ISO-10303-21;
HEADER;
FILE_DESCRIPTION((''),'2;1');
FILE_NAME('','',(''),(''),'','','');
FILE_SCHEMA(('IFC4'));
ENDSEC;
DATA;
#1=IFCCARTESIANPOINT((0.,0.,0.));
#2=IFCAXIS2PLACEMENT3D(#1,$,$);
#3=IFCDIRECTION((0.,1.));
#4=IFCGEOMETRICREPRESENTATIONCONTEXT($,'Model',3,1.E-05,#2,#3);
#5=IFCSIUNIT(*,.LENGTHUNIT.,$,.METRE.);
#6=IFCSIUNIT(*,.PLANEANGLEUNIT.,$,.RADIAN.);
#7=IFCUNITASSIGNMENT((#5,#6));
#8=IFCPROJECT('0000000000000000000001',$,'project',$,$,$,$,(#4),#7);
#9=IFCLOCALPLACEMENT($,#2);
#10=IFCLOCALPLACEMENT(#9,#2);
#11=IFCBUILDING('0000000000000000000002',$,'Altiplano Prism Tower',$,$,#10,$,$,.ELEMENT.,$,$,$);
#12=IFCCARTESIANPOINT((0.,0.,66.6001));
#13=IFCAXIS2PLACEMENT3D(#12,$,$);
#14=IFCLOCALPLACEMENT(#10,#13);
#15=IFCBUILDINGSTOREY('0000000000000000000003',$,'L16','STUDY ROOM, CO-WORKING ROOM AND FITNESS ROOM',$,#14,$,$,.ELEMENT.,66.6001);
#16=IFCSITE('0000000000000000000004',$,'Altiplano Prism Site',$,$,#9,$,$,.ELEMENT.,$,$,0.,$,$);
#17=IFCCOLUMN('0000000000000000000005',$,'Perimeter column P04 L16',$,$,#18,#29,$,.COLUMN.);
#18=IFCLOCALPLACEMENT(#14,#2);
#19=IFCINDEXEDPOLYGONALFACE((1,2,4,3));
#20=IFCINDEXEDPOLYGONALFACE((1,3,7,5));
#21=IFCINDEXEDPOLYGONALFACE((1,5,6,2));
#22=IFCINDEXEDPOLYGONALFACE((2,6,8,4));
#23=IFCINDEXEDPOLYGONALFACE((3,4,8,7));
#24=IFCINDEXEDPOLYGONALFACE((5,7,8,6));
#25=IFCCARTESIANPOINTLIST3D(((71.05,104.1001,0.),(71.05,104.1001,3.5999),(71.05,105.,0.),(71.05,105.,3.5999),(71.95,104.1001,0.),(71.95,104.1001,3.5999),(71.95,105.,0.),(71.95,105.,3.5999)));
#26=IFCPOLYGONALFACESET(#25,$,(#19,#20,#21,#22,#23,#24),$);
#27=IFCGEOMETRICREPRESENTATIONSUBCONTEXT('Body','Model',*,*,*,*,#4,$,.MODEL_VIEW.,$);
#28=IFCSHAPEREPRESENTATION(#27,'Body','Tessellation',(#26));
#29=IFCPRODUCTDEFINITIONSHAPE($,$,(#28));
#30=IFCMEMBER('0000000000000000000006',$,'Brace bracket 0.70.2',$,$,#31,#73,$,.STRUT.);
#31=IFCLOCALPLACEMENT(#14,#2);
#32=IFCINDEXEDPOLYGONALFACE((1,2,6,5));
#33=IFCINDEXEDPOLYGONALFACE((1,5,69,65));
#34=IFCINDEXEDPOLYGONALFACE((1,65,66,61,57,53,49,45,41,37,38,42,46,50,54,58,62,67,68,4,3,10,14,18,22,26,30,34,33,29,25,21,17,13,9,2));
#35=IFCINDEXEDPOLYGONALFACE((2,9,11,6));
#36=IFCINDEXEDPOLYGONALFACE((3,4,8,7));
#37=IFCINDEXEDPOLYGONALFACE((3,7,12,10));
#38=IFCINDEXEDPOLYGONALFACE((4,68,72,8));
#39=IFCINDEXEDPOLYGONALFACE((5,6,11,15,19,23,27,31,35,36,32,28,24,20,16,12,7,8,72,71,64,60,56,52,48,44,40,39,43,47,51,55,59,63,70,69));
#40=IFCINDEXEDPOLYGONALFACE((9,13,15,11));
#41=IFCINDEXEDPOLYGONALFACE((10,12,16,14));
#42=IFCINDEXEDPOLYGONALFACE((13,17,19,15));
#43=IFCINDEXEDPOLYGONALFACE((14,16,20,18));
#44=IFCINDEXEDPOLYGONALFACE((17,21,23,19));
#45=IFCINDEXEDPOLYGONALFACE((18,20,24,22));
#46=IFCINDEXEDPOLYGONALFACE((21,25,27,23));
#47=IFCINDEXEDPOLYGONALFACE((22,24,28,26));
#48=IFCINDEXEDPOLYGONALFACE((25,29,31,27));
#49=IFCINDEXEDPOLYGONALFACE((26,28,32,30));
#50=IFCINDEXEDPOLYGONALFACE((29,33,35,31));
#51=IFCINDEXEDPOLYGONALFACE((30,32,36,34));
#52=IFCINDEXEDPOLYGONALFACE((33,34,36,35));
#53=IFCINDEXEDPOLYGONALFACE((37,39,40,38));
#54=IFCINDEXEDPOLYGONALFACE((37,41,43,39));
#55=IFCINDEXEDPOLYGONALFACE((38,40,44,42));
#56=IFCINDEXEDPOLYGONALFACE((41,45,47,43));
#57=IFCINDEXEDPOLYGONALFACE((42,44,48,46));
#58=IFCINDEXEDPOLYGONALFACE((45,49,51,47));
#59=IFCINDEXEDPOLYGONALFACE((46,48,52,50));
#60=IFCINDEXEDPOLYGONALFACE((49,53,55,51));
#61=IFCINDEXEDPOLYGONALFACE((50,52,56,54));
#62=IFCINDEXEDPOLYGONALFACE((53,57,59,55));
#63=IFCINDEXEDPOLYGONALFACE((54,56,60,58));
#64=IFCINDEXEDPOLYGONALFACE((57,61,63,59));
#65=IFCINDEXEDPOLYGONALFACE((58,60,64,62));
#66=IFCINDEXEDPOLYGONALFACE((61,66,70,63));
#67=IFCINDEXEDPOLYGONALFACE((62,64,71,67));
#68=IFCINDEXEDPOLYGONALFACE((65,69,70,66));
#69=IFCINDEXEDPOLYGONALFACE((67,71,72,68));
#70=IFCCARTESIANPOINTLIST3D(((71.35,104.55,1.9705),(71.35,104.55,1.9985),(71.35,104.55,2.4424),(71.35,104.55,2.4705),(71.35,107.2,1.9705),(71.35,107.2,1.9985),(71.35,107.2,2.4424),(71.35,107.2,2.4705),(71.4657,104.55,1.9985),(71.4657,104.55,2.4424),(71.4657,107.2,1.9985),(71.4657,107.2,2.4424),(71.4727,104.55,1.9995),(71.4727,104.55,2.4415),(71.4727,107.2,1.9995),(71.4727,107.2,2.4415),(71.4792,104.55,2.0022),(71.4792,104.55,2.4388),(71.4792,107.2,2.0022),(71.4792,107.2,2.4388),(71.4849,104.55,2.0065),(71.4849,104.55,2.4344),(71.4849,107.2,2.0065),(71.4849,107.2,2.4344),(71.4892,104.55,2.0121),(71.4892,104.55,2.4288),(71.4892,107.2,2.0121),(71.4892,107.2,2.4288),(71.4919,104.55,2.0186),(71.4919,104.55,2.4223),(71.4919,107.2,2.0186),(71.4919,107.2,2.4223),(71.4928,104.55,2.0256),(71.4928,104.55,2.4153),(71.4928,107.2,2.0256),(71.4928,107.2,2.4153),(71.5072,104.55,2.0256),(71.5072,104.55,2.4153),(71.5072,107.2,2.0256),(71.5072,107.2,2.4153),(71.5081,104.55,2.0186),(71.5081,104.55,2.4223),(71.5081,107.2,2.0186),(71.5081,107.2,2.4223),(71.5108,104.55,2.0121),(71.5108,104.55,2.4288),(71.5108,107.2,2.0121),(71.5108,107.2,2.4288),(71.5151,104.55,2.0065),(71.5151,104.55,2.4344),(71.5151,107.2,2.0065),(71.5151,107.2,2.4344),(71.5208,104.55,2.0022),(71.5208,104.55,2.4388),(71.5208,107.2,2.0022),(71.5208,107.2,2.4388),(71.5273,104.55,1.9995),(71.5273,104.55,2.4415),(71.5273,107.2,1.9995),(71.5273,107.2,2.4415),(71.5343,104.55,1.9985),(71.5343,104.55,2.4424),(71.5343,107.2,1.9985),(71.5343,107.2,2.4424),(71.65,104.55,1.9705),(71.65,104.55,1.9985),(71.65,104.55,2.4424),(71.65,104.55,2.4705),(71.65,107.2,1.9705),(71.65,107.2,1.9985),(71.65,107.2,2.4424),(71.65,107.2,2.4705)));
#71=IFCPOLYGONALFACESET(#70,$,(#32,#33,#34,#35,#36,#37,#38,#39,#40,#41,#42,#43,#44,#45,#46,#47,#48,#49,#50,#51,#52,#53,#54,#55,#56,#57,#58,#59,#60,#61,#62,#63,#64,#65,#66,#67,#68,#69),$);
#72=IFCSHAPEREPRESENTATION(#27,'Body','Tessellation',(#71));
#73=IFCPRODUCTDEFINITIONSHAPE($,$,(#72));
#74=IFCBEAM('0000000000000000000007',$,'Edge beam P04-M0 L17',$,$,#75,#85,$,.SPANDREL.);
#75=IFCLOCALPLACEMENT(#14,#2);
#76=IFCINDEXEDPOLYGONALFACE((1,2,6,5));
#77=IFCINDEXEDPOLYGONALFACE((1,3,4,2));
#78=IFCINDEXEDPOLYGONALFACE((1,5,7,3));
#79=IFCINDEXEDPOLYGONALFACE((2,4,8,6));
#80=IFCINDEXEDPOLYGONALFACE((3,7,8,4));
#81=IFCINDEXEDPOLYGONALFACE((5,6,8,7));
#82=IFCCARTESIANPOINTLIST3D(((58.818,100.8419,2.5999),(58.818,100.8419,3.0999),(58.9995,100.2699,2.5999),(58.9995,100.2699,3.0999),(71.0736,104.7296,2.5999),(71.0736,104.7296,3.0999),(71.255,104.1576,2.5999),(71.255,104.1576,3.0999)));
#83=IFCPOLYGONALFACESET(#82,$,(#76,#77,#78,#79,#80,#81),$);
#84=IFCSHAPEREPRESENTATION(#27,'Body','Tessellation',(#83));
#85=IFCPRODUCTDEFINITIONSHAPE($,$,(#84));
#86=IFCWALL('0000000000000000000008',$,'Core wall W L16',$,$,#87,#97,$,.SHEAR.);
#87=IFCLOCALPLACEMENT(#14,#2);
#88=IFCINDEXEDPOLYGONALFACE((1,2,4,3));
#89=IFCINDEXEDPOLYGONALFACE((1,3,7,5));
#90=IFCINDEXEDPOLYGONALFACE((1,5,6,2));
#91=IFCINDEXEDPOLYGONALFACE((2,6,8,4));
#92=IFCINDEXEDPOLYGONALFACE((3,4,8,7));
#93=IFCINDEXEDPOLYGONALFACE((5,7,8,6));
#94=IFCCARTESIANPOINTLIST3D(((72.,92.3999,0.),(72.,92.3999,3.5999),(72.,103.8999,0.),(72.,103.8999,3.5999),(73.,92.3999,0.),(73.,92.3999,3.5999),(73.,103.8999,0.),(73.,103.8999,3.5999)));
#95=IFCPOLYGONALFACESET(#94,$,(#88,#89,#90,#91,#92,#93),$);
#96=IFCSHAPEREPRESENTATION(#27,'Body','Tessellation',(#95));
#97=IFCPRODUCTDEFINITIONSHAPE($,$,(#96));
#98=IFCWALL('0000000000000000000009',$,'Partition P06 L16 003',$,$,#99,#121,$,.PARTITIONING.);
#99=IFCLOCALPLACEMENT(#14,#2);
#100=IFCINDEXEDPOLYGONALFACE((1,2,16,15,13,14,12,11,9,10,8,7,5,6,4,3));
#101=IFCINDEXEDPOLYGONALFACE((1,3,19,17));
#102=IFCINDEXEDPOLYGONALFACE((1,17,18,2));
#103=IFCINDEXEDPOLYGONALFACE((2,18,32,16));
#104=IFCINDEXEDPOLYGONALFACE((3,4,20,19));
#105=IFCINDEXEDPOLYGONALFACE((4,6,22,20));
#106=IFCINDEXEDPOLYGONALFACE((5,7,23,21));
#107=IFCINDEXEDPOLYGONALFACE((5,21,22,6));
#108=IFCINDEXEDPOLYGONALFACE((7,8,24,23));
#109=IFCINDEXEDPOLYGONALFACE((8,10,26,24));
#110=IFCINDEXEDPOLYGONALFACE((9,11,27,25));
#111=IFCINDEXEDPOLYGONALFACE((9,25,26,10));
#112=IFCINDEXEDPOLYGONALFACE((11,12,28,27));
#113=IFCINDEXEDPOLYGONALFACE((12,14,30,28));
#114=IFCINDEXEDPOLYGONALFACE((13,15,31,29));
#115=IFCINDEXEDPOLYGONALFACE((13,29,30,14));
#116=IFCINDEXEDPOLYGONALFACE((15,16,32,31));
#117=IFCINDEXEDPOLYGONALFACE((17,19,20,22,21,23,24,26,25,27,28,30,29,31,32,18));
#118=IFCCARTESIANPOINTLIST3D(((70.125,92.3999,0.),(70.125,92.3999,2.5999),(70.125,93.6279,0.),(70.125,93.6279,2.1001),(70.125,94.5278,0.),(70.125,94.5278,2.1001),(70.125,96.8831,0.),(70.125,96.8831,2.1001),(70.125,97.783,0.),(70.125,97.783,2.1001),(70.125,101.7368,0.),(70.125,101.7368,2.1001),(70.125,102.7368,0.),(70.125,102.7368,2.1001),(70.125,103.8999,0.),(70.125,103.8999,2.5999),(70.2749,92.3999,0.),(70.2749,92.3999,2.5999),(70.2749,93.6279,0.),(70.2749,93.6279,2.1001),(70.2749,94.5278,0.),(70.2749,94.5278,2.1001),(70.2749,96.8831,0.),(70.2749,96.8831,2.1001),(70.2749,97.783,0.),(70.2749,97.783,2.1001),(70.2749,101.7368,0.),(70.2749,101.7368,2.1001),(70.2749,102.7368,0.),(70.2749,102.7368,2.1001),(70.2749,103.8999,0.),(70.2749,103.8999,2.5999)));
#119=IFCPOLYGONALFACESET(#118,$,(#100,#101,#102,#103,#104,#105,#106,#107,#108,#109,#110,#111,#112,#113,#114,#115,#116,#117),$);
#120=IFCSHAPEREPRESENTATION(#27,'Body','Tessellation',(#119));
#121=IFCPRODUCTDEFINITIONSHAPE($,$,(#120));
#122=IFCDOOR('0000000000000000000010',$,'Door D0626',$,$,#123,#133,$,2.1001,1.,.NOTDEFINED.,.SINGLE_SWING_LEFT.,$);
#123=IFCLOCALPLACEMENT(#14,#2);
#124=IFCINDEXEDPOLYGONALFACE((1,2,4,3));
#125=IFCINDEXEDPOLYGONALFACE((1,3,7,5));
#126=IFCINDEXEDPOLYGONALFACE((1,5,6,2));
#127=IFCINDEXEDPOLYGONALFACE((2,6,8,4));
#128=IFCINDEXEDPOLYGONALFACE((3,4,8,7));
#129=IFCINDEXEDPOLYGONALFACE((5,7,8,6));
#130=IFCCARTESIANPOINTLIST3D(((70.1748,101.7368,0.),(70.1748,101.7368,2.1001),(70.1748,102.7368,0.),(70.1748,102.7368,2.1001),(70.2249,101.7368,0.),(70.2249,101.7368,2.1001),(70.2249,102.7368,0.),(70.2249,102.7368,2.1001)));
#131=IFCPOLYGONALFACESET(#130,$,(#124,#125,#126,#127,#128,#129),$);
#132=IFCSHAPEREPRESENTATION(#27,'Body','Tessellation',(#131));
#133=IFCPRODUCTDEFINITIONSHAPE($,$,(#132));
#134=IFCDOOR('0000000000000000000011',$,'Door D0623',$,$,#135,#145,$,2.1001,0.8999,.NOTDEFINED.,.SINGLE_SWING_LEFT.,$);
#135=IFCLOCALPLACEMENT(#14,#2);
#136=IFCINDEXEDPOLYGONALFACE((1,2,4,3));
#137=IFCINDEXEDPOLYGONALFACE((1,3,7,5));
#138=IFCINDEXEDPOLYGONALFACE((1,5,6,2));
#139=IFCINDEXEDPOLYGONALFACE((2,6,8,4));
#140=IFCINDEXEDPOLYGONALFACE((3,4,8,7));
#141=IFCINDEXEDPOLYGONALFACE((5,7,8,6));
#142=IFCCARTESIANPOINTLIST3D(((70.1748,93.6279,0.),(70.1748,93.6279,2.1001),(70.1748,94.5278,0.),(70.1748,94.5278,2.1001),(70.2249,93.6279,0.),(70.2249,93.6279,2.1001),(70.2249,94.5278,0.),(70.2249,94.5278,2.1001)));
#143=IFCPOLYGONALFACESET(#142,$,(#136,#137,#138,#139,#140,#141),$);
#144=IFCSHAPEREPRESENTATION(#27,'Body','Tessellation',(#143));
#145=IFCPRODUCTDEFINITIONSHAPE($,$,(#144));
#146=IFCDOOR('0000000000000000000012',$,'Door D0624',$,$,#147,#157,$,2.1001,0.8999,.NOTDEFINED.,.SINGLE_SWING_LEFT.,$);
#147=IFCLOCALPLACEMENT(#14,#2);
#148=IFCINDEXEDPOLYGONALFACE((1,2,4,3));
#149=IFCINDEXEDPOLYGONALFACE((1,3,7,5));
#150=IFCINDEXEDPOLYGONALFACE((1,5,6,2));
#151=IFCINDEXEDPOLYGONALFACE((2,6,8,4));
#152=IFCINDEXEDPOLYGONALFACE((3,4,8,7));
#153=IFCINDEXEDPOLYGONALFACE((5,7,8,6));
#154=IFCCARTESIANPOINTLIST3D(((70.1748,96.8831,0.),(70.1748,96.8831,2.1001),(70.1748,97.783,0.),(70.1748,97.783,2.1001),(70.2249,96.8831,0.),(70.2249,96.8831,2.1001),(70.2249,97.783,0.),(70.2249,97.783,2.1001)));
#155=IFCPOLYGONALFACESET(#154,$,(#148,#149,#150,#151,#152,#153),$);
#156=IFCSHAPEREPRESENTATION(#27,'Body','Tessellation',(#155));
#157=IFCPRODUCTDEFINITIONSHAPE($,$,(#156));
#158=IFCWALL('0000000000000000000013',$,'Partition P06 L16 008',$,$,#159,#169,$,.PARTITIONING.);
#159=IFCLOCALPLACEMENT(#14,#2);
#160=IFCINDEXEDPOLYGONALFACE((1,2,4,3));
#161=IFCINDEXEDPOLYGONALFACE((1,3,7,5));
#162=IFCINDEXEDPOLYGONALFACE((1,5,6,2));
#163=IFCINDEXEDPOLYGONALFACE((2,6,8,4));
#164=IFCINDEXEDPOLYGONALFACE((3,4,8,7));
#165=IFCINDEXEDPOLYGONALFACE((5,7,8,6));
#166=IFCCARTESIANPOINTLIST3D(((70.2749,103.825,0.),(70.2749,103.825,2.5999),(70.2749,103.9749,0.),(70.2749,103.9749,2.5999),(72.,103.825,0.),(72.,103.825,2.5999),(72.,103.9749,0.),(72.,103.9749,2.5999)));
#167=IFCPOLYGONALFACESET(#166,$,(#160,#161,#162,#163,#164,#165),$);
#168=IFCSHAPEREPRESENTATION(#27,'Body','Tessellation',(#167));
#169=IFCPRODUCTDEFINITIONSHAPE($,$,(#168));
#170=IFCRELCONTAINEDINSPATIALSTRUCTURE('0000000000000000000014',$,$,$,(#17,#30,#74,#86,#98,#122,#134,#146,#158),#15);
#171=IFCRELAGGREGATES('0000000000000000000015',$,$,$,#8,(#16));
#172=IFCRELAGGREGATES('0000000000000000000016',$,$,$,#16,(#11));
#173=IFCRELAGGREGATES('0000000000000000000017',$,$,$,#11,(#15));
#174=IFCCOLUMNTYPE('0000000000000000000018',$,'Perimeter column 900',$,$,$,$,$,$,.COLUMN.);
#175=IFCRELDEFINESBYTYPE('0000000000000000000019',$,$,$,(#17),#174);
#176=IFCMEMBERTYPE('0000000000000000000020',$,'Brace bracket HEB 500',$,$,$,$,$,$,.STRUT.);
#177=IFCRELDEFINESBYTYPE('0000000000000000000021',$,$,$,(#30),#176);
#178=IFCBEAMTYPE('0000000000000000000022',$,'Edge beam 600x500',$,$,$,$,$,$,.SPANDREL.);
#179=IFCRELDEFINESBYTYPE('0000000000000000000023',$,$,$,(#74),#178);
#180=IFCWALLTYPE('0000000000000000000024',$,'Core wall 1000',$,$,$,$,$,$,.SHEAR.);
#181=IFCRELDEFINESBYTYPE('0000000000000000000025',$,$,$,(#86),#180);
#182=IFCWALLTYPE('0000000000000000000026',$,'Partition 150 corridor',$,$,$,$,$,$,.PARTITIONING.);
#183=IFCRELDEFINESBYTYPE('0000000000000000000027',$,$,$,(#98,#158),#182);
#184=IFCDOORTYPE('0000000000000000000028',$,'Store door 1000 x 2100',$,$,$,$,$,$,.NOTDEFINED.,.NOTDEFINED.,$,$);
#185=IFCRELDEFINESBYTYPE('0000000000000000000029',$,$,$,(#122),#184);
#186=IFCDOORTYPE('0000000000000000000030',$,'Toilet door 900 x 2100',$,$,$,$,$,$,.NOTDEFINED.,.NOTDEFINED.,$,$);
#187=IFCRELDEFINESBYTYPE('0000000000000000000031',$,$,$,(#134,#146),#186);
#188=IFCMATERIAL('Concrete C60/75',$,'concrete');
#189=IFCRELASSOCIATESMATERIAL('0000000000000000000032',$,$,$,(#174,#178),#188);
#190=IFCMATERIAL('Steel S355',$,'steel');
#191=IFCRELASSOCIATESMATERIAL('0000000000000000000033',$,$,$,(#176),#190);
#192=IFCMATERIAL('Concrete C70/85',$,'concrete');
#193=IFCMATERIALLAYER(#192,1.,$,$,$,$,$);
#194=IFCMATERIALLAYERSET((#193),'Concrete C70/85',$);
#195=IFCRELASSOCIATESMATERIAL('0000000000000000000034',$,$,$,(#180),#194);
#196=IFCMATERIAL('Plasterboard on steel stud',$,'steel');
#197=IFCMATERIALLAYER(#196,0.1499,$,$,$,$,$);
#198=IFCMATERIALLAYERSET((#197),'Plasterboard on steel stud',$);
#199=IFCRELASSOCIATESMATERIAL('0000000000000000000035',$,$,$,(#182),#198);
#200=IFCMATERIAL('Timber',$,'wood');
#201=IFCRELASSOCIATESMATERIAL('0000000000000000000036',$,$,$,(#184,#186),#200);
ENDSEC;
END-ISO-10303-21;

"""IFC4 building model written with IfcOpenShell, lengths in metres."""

from ifc_helpers import new_model, si_unit, direction, frame, frame_2d, origin, origin_2d, place, context, subcontext, project, spatial, rectangle, i_section, extrude, material, layer, layer_set, material_profile, profile_set, type_object, element, fill, save


model = new_model("IFC4")

# Units and contexts
model_context = context("Model", 3, precision=1e-05, world=origin(), true_north=direction((0.0, 1.0)))
body_context = subcontext(model_context, "Body", "Model", "MODEL_VIEW")
ifc_project = project(units=[si_unit("LENGTHUNIT", "METRE"), si_unit("PLANEANGLEUNIT", "RADIAN")], contexts=[model_context])

# Site, building, storey
site_placement = place(None, origin())
site = spatial("IfcSite", under=ifc_project, at=site_placement, Name="Altiplano Prism Site", CompositionType="ELEMENT", RefElevation=0.0)
building_placement = place(site_placement, origin())
building = spatial("IfcBuilding", under=site, at=building_placement, Name="Altiplano Prism Tower", CompositionType="ELEMENT")
storey_placement = place(building_placement, frame((0.0, 0.0, 66.6001)))
storey = spatial("IfcBuildingStorey", under=building, at=storey_placement, Name="L16", Description="STUDY ROOM, CO-WORKING ROOM AND FITNESS ROOM", CompositionType="ELEMENT", Elevation=66.6001)

# Column
ifc_material_1 = material(Name="Concrete C60/75", Category="concrete")
ifc_material_profile_1 = material_profile(ifc_material_1, rectangle(XDim=0.8999, YDim=0.8999, at=origin_2d()), Name="Perimeter column 900")
ifc_profile_set_1 = profile_set([ifc_material_profile_1], Name="Concrete C60/75")
column_type = type_object("IfcColumnType", Name="Perimeter column 900", PredefinedType="COLUMN", material=ifc_profile_set_1)
column_placement = place(storey_placement, frame((71.5, 104.55, 0.0), z_axis=(0.0, 0.0, 1.0), x_axis=(1.0, 0.0, 0.0)))
element("IfcColumn", 1, at=column_placement, inside=storey, type_object=column_type, Name="Perimeter column P04 L16", PredefinedType="COLUMN", context=body_context, shape_type="SweptSolid", body=[
    extrude(rectangle(XDim=0.8999, YDim=0.8999, at=origin_2d()), origin(), (0.0, 0.0, 1.0), 3.5999),
])

# Member
ifc_material_2 = material(Name="Steel S355", Category="steel")
ifc_material_profile_2 = material_profile(ifc_material_2, i_section(OverallWidth=0.3, OverallDepth=0.5, WebThickness=0.0144, FlangeThickness=0.0281, FilletRadius=0.0271, at=origin_2d()), Name="Brace bracket HEB 500")
ifc_profile_set_2 = profile_set([ifc_material_profile_2], Name="Steel S355")
member_type = type_object("IfcMemberType", Name="Brace bracket HEB 500", PredefinedType="STRUT", material=ifc_profile_set_2)
member_placement = place(storey_placement, frame((71.5, 104.55, 2.2205), z_axis=(0.0, 1.0, 0.0), x_axis=(-1.0, 0.0, 0.0)))
element("IfcMember", 2, at=member_placement, inside=storey, type_object=member_type, Name="Brace bracket 0.70.2", PredefinedType="STRUT", context=body_context, shape_type="SweptSolid", body=[
    extrude(i_section(OverallWidth=0.3, OverallDepth=0.5, WebThickness=0.0144, FlangeThickness=0.0281, FilletRadius=0.0271, at=origin_2d()), origin(), (0.0, 0.0, 1.0), 2.6499),
])

# Beam
ifc_material_profile_3 = material_profile(ifc_material_1, rectangle(XDim=0.6001, YDim=0.5, at=origin_2d()), Name="Edge beam 600x500")
ifc_profile_set_3 = profile_set([ifc_material_profile_3], Name="Concrete C60/75")
beam_type = type_object("IfcBeamType", Name="Edge beam 600x500", PredefinedType="SPANDREL", material=ifc_profile_set_3)
beam_placement = place(storey_placement, frame((71.1643, 104.4436, 2.8499), z_axis=(-0.953191, -0.302369, 0.0), x_axis=(0.302369, -0.953191, 0.0)))
element("IfcBeam", 3, at=beam_placement, inside=storey, type_object=beam_type, Name="Edge beam P04-M0 L17", PredefinedType="SPANDREL", context=body_context, shape_type="SweptSolid", body=[
    extrude(rectangle(XDim=0.6001, YDim=0.5, at=origin_2d()), origin(), (0.0, 0.0, 1.0), 12.8574),
])

# Wall
ifc_material_3 = material(Name="Concrete C70/85", Category="concrete")
ifc_layer_1 = layer(ifc_material_3, 1.0)
ifc_layer_set_1 = layer_set([ifc_layer_1], Name="Concrete C70/85")
wall_type_1 = type_object("IfcWallType", Name="Core wall 1000", PredefinedType="SHEAR", material=ifc_layer_set_1)
wall_1_placement = place(storey_placement, frame((72.5, 103.8999, 0.0), z_axis=(0.0, 0.0, 1.0), x_axis=(0.0, -1.0, 0.0)))
element("IfcWall", 4, at=wall_1_placement, inside=storey, type_object=wall_type_1, Name="Core wall W L16", PredefinedType="SHEAR", context=body_context, shape_type="SweptSolid", body=[
    extrude(rectangle(XDim=11.5, YDim=1.0, at=frame_2d((5.75, 0.0))), origin(), (0.0, 0.0, 1.0), 3.5999),
])

# Wall, openings, doors
ifc_material_4 = material(Name="Plasterboard on steel stud", Category="steel")
ifc_layer_2 = layer(ifc_material_4, 0.1499)
ifc_layer_set_2 = layer_set([ifc_layer_2], Name="Plasterboard on steel stud")
wall_type_2 = type_object("IfcWallType", Name="Partition 150 corridor", PredefinedType="PARTITIONING", material=ifc_layer_set_2)
wall_2_placement = place(storey_placement, frame((70.2, 103.8999, 0.0), z_axis=(0.0, 0.0, 1.0), x_axis=(0.0, -1.0, 0.0)))
wall_2 = element("IfcWall", 5, at=wall_2_placement, inside=storey, type_object=wall_type_2, Name="Partition P06 L16 003", PredefinedType="PARTITIONING", context=body_context, shape_type="SweptSolid", body=[
    extrude(rectangle(XDim=11.5, YDim=0.1499, at=frame_2d((5.75, 0.0))), origin(), (0.0, 0.0, 1.0), 2.5999),
])
opening_1_placement = place(wall_2_placement, frame((9.3721, 0.0, 0.0)))
opening_1 = element("IfcOpeningElement", 6, at=opening_1_placement, cuts=wall_2, PredefinedType="OPENING", context=body_context, shape_type="SweptSolid", body=[
    extrude(rectangle(XDim=0.8999, YDim=2.1001, at=frame_2d((0.45, 1.05))), frame((0.0, 0.0854, 0.0), z_axis=(0.0, -1.0, 0.0), x_axis=(1.0, 0.0, 0.0)), (0.0, 0.0, 1.0), 0.1709),
])
opening_2_placement = place(wall_2_placement, frame((6.1169, 0.0, 0.0)))
opening_2 = element("IfcOpeningElement", 7, at=opening_2_placement, cuts=wall_2, PredefinedType="OPENING", context=body_context, shape_type="SweptSolid", body=[
    extrude(rectangle(XDim=0.8999, YDim=2.1001, at=frame_2d((0.45, 1.05))), frame((0.0, 0.0854, 0.0), z_axis=(0.0, -1.0, 0.0), x_axis=(1.0, 0.0, 0.0)), (0.0, 0.0, 1.0), 0.1709),
])
opening_3_placement = place(wall_2_placement, frame((1.1631, 0.0, 0.0)))
opening_3 = element("IfcOpeningElement", 8, at=opening_3_placement, cuts=wall_2, PredefinedType="OPENING", context=body_context, shape_type="SweptSolid", body=[
    extrude(rectangle(XDim=1.0, YDim=2.1001, at=frame_2d((0.5, 1.05))), frame((0.0, 0.0854, 0.0), z_axis=(0.0, -1.0, 0.0), x_axis=(1.0, 0.0, 0.0)), (0.0, 0.0, 1.0), 0.1709),
])
ifc_material_5 = material(Name="Timber", Category="wood")
door_type_1 = type_object("IfcDoorType", Name="Store door 1000 x 2100", OperationType="NOTDEFINED", PredefinedType="NOTDEFINED", material=ifc_material_5)
door_1_placement = place(opening_3_placement, origin())
door_1 = element("IfcDoor", 9, at=door_1_placement, inside=storey, type_object=door_type_1, Name="Door D0626", OperationType="SINGLE_SWING_LEFT", OverallHeight=2.1001, OverallWidth=1.0, PredefinedType="NOTDEFINED", context=body_context, shape_type="SweptSolid", body=[
    extrude(rectangle(XDim=1.0, YDim=2.1001, at=frame_2d((0.5, 1.05))), frame((0.0, 0.0249, 0.0), z_axis=(0.0, -1.0, 0.0), x_axis=(1.0, 0.0, 0.0)), (0.0, 0.0, 1.0), 0.05),
])
fill(opening_3, door_1)
door_type_2 = type_object("IfcDoorType", Name="Toilet door 900 x 2100", OperationType="NOTDEFINED", PredefinedType="NOTDEFINED", material=ifc_material_5)
door_2_placement = place(opening_1_placement, origin())
door_2 = element("IfcDoor", 10, at=door_2_placement, inside=storey, type_object=door_type_2, Name="Door D0623", OperationType="SINGLE_SWING_LEFT", OverallHeight=2.1001, OverallWidth=0.8999, PredefinedType="NOTDEFINED", context=body_context, shape_type="SweptSolid", body=[
    extrude(rectangle(XDim=0.8999, YDim=2.1001, at=frame_2d((0.45, 1.05))), frame((0.0, 0.0249, 0.0), z_axis=(0.0, -1.0, 0.0), x_axis=(1.0, 0.0, 0.0)), (0.0, 0.0, 1.0), 0.05),
])
fill(opening_1, door_2)
door_3_placement = place(opening_2_placement, origin())
door_3 = element("IfcDoor", 11, at=door_3_placement, inside=storey, type_object=door_type_2, Name="Door D0624", OperationType="SINGLE_SWING_LEFT", OverallHeight=2.1001, OverallWidth=0.8999, PredefinedType="NOTDEFINED", context=body_context, shape_type="SweptSolid", body=[
    extrude(rectangle(XDim=0.8999, YDim=2.1001, at=frame_2d((0.45, 1.05))), frame((0.0, 0.0249, 0.0), z_axis=(0.0, -1.0, 0.0), x_axis=(1.0, 0.0, 0.0)), (0.0, 0.0, 1.0), 0.05),
])
fill(opening_2, door_3)

# Wall
wall_3_placement = place(storey_placement, frame((72.0, 103.8999, 0.0), z_axis=(0.0, 0.0, 1.0), x_axis=(-1.0, 0.0, 0.0)))
element("IfcWall", 12, at=wall_3_placement, inside=storey, type_object=wall_type_2, Name="Partition P06 L16 008", PredefinedType="PARTITIONING", context=body_context, shape_type="SweptSolid", body=[
    extrude(rectangle(XDim=1.7251, YDim=0.1499, at=frame_2d((0.8625, 0.0))), origin(), (0.0, 0.0, 1.0), 2.5999),
])

save(model, "model.ifc")
